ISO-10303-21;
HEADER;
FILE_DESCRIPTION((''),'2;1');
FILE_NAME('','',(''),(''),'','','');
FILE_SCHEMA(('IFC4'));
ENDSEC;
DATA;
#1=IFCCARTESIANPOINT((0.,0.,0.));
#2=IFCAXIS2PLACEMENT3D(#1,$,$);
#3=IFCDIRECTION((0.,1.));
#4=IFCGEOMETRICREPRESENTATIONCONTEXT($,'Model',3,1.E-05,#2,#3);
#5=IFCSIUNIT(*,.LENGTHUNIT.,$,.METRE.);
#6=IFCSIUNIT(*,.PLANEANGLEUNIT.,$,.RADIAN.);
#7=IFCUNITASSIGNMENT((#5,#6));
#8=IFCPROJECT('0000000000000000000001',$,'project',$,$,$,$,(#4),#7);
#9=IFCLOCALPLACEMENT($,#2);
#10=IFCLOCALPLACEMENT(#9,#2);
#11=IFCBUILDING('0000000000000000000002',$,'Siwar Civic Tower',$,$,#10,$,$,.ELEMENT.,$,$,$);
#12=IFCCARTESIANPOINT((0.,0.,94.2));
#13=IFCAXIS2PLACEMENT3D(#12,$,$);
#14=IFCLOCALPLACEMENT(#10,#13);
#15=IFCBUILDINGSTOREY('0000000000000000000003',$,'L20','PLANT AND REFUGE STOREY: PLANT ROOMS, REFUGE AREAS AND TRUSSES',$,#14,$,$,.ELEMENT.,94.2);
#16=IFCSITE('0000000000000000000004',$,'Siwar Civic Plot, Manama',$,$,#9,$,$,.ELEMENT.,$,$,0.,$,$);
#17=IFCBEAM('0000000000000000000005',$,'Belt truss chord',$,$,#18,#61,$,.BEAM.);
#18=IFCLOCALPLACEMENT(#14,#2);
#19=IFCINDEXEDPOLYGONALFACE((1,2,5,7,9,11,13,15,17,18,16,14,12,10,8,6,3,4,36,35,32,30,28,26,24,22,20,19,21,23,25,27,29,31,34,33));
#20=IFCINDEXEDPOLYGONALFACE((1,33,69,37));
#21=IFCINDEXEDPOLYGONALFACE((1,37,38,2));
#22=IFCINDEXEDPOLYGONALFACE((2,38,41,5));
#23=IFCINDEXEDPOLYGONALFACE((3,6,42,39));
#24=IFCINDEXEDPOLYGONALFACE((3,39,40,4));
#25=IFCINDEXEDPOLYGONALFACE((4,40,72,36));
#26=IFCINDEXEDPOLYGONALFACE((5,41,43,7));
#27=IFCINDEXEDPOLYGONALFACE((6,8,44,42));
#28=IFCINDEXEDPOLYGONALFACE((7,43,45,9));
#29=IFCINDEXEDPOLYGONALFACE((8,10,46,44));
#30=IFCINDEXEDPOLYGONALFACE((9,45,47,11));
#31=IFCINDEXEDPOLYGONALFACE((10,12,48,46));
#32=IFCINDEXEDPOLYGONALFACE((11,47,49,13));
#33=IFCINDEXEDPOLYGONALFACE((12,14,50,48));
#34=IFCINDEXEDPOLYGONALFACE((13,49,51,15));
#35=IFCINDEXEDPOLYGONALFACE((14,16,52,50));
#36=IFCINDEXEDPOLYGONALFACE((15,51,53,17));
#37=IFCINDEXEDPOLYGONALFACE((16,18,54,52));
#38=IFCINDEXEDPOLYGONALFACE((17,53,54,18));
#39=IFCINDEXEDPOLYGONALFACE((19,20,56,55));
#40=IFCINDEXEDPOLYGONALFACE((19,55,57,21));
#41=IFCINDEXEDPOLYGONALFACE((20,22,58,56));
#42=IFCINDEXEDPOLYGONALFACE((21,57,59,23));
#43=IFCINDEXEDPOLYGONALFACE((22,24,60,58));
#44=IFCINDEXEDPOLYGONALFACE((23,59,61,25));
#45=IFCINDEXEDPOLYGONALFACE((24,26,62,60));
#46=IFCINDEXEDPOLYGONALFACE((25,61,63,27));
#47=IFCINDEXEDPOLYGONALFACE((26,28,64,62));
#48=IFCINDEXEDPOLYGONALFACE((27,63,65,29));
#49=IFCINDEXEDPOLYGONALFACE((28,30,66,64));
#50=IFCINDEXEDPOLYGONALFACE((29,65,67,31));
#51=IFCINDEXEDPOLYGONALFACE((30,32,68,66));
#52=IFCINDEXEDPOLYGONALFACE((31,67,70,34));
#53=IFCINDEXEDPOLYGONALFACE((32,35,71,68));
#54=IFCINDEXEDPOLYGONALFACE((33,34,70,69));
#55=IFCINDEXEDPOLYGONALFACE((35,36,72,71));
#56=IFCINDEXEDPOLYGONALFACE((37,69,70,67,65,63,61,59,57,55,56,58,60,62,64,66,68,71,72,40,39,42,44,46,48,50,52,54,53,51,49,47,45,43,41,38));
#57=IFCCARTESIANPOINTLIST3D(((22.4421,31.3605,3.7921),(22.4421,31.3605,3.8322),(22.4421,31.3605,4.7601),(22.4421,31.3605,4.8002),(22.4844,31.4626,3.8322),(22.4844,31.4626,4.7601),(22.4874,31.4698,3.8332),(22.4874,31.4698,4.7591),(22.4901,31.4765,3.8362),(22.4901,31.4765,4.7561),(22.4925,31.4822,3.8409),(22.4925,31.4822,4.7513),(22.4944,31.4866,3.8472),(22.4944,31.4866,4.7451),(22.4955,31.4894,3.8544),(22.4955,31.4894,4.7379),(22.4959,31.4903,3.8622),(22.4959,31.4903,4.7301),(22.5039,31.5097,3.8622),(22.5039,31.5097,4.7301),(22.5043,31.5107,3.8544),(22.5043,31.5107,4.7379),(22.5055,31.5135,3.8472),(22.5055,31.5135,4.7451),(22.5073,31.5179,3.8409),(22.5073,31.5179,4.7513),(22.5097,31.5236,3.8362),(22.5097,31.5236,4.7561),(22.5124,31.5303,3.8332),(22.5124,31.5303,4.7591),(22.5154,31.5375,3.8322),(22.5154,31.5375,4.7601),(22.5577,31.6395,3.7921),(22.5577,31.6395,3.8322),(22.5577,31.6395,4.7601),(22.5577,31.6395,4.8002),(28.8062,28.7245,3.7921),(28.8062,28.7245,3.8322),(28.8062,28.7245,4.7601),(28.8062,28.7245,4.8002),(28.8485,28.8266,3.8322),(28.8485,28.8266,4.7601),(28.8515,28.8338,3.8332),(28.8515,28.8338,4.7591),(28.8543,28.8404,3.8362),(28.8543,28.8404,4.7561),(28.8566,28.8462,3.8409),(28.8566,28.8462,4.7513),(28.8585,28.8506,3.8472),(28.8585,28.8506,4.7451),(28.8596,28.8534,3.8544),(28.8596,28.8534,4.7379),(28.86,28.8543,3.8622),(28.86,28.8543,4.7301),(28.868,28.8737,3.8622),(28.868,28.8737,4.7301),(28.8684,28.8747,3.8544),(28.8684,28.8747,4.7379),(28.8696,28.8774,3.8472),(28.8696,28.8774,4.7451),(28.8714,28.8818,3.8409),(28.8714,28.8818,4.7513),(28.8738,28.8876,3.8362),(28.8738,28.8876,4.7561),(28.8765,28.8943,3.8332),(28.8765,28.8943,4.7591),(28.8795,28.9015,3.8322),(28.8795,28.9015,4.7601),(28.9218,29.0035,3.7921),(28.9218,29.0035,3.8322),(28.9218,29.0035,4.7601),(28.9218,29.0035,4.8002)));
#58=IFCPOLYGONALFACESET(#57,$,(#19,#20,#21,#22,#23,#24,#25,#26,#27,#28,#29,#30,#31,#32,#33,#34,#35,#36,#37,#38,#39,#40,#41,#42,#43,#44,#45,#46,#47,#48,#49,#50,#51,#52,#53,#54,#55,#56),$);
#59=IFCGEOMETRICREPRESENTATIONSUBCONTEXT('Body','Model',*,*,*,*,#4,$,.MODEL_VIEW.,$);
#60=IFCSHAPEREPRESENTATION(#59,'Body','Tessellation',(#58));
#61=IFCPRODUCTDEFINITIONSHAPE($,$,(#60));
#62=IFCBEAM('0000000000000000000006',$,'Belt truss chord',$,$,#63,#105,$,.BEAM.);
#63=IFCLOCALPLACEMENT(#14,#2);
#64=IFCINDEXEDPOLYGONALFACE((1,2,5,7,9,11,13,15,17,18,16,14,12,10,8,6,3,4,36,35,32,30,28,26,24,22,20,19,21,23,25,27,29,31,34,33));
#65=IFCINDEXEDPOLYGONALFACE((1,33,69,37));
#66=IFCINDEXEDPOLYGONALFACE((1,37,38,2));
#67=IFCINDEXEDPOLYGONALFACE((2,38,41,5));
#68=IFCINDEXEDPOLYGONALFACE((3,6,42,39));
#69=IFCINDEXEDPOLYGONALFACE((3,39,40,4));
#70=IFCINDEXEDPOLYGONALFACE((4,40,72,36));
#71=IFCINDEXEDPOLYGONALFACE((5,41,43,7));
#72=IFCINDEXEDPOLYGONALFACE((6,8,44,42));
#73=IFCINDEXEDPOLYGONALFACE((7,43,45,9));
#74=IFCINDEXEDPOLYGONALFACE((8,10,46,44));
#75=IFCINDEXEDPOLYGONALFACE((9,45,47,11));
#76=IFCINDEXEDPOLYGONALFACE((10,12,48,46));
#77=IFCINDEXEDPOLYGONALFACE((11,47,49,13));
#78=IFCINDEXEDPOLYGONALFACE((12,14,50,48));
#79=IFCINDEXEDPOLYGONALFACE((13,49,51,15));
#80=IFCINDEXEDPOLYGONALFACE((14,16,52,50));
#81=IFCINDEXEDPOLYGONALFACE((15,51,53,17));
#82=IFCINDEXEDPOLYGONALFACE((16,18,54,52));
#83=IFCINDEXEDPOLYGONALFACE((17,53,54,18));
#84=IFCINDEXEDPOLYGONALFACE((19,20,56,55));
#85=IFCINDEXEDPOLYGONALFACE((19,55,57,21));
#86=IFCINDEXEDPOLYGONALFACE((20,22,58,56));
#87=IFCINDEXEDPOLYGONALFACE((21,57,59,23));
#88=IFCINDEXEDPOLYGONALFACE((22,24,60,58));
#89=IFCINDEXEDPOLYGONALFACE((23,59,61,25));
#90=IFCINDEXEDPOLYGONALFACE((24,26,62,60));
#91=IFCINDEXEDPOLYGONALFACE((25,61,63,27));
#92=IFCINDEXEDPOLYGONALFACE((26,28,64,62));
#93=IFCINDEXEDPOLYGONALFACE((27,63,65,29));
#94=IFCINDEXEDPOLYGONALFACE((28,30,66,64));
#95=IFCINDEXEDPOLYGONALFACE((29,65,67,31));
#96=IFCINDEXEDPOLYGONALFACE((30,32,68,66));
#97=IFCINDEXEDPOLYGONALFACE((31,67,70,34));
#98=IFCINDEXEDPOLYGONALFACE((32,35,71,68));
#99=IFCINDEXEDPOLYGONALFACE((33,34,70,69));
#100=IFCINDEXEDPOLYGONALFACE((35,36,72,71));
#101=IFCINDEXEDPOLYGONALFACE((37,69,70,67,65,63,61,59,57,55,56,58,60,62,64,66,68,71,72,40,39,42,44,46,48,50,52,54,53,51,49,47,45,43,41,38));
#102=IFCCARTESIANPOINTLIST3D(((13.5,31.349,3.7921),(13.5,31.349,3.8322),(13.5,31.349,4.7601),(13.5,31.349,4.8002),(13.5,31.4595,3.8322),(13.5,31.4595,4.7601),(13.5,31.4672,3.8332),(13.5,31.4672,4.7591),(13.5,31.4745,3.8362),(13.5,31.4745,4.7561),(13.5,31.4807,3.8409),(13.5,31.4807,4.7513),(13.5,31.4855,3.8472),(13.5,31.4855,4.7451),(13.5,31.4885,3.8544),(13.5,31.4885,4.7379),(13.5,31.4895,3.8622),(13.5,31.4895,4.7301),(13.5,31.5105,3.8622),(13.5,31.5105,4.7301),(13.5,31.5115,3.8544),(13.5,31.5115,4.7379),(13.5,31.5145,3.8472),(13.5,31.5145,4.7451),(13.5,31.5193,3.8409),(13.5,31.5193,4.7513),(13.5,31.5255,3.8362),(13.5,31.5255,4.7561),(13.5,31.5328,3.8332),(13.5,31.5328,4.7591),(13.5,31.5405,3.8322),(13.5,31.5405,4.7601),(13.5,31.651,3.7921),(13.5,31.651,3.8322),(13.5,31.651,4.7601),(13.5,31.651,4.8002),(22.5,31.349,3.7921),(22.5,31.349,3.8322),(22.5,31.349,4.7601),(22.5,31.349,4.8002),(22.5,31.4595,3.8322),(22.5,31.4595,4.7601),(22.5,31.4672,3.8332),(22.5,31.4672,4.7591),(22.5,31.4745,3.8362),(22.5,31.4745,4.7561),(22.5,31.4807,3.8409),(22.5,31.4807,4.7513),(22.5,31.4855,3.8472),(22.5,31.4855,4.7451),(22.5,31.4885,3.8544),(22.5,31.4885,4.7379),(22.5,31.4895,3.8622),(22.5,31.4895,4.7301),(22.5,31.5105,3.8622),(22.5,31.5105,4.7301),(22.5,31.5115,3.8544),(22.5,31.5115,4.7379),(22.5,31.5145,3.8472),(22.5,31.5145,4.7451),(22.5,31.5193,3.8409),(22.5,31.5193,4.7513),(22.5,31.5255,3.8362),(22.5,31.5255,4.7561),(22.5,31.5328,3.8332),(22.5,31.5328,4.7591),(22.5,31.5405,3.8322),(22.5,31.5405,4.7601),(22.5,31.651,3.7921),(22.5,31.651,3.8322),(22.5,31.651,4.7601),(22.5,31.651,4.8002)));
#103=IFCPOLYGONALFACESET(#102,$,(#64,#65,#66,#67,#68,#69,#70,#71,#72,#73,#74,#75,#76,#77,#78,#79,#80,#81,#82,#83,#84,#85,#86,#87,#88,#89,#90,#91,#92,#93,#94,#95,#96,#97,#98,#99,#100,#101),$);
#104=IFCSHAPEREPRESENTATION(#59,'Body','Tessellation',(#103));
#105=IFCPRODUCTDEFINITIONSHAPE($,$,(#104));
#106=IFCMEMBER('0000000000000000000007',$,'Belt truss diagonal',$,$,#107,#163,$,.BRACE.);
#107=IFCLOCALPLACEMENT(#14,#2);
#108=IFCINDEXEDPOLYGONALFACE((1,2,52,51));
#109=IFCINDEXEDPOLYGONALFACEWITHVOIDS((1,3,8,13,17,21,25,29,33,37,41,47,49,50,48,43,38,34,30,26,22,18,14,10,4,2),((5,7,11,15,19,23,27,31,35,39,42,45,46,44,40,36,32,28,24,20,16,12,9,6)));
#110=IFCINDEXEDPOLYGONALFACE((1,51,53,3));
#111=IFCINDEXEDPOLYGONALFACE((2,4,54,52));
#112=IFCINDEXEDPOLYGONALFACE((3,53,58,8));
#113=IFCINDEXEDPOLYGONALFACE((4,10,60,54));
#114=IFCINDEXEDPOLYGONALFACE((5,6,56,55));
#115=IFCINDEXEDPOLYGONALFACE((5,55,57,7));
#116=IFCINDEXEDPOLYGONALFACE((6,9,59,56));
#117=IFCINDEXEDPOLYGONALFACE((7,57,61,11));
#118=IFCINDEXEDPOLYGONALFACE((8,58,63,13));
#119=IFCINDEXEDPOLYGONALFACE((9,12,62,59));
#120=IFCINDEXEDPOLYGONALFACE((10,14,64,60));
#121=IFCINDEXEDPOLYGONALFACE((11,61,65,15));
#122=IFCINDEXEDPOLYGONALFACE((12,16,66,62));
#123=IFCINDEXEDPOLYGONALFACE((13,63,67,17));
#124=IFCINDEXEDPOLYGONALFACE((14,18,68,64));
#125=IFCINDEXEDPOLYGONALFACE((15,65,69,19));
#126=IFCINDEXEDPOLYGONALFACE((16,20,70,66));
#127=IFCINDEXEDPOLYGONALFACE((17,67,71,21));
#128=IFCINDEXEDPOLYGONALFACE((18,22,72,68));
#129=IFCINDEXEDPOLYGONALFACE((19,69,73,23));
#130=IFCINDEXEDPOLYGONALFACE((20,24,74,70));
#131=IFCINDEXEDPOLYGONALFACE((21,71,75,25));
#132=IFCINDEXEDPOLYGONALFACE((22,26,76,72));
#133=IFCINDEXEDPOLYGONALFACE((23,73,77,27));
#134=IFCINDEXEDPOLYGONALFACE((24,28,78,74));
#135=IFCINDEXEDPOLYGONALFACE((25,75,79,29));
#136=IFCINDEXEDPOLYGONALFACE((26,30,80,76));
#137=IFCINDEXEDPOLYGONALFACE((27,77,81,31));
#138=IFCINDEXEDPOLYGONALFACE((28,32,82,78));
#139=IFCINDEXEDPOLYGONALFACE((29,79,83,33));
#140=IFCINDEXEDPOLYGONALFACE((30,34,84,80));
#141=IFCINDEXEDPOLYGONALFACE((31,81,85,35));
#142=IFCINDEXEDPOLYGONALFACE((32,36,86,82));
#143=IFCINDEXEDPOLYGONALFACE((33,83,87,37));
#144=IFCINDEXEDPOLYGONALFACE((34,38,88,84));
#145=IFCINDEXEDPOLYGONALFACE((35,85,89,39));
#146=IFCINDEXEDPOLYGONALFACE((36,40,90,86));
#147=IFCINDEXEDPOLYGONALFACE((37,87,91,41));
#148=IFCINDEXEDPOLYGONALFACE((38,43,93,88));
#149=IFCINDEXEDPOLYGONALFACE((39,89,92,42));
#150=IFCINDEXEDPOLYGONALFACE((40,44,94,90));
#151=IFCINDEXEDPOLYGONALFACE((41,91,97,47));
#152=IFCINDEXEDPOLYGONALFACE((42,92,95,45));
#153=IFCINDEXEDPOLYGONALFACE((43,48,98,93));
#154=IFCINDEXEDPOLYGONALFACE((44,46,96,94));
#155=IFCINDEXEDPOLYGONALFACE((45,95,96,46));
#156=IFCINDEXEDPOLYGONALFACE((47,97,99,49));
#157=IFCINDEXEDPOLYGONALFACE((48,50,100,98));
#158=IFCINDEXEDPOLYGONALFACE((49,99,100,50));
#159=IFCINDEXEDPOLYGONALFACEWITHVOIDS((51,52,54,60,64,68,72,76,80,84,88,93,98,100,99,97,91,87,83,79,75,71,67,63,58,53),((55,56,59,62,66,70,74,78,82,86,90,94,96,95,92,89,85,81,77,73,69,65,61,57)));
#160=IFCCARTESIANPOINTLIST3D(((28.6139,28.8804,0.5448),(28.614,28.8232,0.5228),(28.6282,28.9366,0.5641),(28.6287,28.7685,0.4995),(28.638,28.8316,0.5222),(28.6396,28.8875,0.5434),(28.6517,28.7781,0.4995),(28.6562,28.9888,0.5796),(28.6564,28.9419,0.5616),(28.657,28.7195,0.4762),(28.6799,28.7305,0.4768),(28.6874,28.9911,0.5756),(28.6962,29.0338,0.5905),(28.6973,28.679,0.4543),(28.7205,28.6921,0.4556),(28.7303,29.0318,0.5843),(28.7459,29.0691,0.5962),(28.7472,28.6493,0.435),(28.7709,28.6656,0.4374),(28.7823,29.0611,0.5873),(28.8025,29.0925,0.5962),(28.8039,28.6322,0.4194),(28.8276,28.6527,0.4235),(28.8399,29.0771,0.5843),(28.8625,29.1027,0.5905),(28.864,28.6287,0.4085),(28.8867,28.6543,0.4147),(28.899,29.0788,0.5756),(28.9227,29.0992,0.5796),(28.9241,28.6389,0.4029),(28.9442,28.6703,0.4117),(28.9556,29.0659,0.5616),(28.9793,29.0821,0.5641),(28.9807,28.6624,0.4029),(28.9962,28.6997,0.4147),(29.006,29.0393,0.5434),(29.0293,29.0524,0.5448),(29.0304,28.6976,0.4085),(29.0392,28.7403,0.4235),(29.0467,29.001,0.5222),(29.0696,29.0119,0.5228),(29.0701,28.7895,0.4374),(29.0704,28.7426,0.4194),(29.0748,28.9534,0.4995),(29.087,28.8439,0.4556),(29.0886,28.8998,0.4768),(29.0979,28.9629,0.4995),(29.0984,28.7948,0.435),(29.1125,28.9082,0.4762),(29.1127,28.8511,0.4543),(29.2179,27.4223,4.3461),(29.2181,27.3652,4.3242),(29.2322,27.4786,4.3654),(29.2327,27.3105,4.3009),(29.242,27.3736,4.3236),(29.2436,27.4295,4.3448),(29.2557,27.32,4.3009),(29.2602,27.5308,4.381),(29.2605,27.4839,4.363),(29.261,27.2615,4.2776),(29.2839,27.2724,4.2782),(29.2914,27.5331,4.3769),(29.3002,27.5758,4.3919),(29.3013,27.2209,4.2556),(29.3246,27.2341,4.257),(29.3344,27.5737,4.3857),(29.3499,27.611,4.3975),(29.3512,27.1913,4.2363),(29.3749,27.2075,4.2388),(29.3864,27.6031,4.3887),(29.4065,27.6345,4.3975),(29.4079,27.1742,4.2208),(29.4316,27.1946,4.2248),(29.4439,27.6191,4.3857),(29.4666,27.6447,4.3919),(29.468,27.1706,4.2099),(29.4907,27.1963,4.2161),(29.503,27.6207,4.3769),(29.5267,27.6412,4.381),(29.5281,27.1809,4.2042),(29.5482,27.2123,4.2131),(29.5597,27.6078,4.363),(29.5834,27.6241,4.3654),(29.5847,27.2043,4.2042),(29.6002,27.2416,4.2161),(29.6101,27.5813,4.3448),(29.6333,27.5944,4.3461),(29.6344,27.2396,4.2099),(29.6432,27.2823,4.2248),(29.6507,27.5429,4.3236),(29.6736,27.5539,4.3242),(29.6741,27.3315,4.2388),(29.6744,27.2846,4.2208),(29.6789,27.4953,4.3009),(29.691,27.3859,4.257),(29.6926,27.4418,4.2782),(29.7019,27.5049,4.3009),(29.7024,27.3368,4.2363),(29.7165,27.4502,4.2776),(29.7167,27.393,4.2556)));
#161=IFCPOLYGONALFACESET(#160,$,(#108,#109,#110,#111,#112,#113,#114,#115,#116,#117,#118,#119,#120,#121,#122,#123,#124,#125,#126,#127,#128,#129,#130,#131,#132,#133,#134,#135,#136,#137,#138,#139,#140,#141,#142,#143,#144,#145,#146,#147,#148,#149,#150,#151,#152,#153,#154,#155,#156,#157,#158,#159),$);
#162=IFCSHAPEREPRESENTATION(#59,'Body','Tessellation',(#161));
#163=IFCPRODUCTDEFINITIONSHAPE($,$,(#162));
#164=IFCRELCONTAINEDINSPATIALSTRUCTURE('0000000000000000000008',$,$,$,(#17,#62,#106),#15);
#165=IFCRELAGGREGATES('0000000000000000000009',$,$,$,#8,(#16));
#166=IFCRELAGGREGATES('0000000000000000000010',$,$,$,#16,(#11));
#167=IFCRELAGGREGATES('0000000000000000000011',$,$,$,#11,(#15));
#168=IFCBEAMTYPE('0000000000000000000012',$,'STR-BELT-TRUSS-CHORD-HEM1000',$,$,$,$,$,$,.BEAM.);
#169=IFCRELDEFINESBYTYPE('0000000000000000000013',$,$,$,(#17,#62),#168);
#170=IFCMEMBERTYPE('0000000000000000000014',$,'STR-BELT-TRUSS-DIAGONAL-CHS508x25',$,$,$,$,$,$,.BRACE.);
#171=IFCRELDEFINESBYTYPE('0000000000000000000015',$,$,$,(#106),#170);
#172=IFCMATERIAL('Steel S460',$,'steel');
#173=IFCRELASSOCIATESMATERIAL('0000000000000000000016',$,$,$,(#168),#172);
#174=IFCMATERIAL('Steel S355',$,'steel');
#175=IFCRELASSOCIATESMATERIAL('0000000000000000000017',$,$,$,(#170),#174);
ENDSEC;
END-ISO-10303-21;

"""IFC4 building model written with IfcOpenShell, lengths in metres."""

from ifc_helpers import new_model, si_unit, direction, frame, origin, origin_2d, place, context, subcontext, project, spatial, hollow_circle, i_section, extrude, material, material_profile, profile_set, type_object, element, save


model = new_model("IFC4")

# Units and contexts
model_context = context("Model", 3, precision=1e-05, world=origin(), true_north=direction((0.0, 1.0)))
body_context = subcontext(model_context, "Body", "Model", "MODEL_VIEW")
ifc_project = project(units=[si_unit("LENGTHUNIT", "METRE"), si_unit("PLANEANGLEUNIT", "RADIAN")], contexts=[model_context])

# Site, building, storey
site_placement = place(None, origin())
site = spatial("IfcSite", under=ifc_project, at=site_placement, Name="Siwar Civic Plot, Manama", CompositionType="ELEMENT", RefElevation=0.0)
building_placement = place(site_placement, origin())
building = spatial("IfcBuilding", under=site, at=building_placement, Name="Siwar Civic Tower", CompositionType="ELEMENT")
storey_placement = place(building_placement, frame((0.0, 0.0, 94.2)))
storey = spatial("IfcBuildingStorey", under=building, at=storey_placement, Name="L20", Description="PLANT AND REFUGE STOREY: PLANT ROOMS, REFUGE AREAS AND TRUSSES", CompositionType="ELEMENT", Elevation=94.2)

# Beams
ifc_material_1 = material(Name="Steel S460", Category="steel")
ifc_material_profile_1 = material_profile(ifc_material_1, i_section(OverallWidth=0.302, OverallDepth=1.0081, WebThickness=0.021, FlangeThickness=0.04, FilletRadius=0.03, at=origin_2d()), Name="HEM1000")
ifc_profile_set_1 = profile_set([ifc_material_profile_1], Name="Steel S460")
beam_type_1 = type_object("IfcBeamType", Name="STR-BELT-TRUSS-CHORD-HEM1000", PredefinedType="BEAM", material=ifc_profile_set_1)
for number, where, z_axis, x_axis, name in (
    (1, (28.864, 28.864, 4.2961), (-0.923883, 0.382674, 0.0), (-0.382674, -0.923883, 0.0), "Belt truss chord"),
):
    element("IfcBeam", number, at=place(storey_placement, frame(where, z_axis=z_axis, x_axis=x_axis)), inside=storey, type_object=beam_type_1, Name=name, PredefinedType="BEAM", context=body_context, shape_type="SweptSolid", body=[
        extrude(i_section(OverallWidth=0.302, OverallDepth=1.0081, WebThickness=0.021, FlangeThickness=0.04, FilletRadius=0.03, at=origin_2d()), origin(), (0.0, 0.0, 1.0), 6.8884),
    ])
beam_1_placement = place(storey_placement, frame((22.5, 31.5, 4.2961), z_axis=(-1.0, 0.0, 0.0), x_axis=(0.0, -1.0, 0.0)))
element("IfcBeam", 2, at=beam_1_placement, inside=storey, type_object=beam_type_1, Name="Belt truss chord", PredefinedType="BEAM", context=body_context, shape_type="SweptSolid", body=[
    extrude(i_section(OverallWidth=0.302, OverallDepth=1.0081, WebThickness=0.021, FlangeThickness=0.04, FilletRadius=0.03, at=origin_2d()), origin(), (0.0, 0.0, 1.0), 9.0),
])

# Member
ifc_material_2 = material(Name="Steel S355", Category="steel")
ifc_material_profile_2 = material_profile(ifc_material_2, hollow_circle(Radius=0.2539, WallThickness=0.0249, at=origin_2d()), Name="CHS508x25")
ifc_profile_set_2 = profile_set([ifc_material_profile_2], Name="Steel S355")
member_type_1 = type_object("IfcMemberType", Name="STR-BELT-TRUSS-DIAGONAL-CHS508x25", PredefinedType="BRACE", material=ifc_profile_set_2)
member_1_placement = place(storey_placement, frame((28.8633, 28.8657, 0.4995), z_axis=(0.146751, -0.354242, 0.923568), x_axis=(0.923862, 0.382725, 0.0)))
element("IfcMember", 3, at=member_1_placement, inside=storey, type_object=member_type_1, Name="Belt truss diagonal", PredefinedType="BRACE", context=body_context, shape_type="SweptSolid", body=[
    extrude(hollow_circle(Radius=0.2539, WallThickness=0.0249, at=origin_2d()), origin(), (0.0, 0.0, 1.0), 4.116),
])

save(model, "model.ifc")
